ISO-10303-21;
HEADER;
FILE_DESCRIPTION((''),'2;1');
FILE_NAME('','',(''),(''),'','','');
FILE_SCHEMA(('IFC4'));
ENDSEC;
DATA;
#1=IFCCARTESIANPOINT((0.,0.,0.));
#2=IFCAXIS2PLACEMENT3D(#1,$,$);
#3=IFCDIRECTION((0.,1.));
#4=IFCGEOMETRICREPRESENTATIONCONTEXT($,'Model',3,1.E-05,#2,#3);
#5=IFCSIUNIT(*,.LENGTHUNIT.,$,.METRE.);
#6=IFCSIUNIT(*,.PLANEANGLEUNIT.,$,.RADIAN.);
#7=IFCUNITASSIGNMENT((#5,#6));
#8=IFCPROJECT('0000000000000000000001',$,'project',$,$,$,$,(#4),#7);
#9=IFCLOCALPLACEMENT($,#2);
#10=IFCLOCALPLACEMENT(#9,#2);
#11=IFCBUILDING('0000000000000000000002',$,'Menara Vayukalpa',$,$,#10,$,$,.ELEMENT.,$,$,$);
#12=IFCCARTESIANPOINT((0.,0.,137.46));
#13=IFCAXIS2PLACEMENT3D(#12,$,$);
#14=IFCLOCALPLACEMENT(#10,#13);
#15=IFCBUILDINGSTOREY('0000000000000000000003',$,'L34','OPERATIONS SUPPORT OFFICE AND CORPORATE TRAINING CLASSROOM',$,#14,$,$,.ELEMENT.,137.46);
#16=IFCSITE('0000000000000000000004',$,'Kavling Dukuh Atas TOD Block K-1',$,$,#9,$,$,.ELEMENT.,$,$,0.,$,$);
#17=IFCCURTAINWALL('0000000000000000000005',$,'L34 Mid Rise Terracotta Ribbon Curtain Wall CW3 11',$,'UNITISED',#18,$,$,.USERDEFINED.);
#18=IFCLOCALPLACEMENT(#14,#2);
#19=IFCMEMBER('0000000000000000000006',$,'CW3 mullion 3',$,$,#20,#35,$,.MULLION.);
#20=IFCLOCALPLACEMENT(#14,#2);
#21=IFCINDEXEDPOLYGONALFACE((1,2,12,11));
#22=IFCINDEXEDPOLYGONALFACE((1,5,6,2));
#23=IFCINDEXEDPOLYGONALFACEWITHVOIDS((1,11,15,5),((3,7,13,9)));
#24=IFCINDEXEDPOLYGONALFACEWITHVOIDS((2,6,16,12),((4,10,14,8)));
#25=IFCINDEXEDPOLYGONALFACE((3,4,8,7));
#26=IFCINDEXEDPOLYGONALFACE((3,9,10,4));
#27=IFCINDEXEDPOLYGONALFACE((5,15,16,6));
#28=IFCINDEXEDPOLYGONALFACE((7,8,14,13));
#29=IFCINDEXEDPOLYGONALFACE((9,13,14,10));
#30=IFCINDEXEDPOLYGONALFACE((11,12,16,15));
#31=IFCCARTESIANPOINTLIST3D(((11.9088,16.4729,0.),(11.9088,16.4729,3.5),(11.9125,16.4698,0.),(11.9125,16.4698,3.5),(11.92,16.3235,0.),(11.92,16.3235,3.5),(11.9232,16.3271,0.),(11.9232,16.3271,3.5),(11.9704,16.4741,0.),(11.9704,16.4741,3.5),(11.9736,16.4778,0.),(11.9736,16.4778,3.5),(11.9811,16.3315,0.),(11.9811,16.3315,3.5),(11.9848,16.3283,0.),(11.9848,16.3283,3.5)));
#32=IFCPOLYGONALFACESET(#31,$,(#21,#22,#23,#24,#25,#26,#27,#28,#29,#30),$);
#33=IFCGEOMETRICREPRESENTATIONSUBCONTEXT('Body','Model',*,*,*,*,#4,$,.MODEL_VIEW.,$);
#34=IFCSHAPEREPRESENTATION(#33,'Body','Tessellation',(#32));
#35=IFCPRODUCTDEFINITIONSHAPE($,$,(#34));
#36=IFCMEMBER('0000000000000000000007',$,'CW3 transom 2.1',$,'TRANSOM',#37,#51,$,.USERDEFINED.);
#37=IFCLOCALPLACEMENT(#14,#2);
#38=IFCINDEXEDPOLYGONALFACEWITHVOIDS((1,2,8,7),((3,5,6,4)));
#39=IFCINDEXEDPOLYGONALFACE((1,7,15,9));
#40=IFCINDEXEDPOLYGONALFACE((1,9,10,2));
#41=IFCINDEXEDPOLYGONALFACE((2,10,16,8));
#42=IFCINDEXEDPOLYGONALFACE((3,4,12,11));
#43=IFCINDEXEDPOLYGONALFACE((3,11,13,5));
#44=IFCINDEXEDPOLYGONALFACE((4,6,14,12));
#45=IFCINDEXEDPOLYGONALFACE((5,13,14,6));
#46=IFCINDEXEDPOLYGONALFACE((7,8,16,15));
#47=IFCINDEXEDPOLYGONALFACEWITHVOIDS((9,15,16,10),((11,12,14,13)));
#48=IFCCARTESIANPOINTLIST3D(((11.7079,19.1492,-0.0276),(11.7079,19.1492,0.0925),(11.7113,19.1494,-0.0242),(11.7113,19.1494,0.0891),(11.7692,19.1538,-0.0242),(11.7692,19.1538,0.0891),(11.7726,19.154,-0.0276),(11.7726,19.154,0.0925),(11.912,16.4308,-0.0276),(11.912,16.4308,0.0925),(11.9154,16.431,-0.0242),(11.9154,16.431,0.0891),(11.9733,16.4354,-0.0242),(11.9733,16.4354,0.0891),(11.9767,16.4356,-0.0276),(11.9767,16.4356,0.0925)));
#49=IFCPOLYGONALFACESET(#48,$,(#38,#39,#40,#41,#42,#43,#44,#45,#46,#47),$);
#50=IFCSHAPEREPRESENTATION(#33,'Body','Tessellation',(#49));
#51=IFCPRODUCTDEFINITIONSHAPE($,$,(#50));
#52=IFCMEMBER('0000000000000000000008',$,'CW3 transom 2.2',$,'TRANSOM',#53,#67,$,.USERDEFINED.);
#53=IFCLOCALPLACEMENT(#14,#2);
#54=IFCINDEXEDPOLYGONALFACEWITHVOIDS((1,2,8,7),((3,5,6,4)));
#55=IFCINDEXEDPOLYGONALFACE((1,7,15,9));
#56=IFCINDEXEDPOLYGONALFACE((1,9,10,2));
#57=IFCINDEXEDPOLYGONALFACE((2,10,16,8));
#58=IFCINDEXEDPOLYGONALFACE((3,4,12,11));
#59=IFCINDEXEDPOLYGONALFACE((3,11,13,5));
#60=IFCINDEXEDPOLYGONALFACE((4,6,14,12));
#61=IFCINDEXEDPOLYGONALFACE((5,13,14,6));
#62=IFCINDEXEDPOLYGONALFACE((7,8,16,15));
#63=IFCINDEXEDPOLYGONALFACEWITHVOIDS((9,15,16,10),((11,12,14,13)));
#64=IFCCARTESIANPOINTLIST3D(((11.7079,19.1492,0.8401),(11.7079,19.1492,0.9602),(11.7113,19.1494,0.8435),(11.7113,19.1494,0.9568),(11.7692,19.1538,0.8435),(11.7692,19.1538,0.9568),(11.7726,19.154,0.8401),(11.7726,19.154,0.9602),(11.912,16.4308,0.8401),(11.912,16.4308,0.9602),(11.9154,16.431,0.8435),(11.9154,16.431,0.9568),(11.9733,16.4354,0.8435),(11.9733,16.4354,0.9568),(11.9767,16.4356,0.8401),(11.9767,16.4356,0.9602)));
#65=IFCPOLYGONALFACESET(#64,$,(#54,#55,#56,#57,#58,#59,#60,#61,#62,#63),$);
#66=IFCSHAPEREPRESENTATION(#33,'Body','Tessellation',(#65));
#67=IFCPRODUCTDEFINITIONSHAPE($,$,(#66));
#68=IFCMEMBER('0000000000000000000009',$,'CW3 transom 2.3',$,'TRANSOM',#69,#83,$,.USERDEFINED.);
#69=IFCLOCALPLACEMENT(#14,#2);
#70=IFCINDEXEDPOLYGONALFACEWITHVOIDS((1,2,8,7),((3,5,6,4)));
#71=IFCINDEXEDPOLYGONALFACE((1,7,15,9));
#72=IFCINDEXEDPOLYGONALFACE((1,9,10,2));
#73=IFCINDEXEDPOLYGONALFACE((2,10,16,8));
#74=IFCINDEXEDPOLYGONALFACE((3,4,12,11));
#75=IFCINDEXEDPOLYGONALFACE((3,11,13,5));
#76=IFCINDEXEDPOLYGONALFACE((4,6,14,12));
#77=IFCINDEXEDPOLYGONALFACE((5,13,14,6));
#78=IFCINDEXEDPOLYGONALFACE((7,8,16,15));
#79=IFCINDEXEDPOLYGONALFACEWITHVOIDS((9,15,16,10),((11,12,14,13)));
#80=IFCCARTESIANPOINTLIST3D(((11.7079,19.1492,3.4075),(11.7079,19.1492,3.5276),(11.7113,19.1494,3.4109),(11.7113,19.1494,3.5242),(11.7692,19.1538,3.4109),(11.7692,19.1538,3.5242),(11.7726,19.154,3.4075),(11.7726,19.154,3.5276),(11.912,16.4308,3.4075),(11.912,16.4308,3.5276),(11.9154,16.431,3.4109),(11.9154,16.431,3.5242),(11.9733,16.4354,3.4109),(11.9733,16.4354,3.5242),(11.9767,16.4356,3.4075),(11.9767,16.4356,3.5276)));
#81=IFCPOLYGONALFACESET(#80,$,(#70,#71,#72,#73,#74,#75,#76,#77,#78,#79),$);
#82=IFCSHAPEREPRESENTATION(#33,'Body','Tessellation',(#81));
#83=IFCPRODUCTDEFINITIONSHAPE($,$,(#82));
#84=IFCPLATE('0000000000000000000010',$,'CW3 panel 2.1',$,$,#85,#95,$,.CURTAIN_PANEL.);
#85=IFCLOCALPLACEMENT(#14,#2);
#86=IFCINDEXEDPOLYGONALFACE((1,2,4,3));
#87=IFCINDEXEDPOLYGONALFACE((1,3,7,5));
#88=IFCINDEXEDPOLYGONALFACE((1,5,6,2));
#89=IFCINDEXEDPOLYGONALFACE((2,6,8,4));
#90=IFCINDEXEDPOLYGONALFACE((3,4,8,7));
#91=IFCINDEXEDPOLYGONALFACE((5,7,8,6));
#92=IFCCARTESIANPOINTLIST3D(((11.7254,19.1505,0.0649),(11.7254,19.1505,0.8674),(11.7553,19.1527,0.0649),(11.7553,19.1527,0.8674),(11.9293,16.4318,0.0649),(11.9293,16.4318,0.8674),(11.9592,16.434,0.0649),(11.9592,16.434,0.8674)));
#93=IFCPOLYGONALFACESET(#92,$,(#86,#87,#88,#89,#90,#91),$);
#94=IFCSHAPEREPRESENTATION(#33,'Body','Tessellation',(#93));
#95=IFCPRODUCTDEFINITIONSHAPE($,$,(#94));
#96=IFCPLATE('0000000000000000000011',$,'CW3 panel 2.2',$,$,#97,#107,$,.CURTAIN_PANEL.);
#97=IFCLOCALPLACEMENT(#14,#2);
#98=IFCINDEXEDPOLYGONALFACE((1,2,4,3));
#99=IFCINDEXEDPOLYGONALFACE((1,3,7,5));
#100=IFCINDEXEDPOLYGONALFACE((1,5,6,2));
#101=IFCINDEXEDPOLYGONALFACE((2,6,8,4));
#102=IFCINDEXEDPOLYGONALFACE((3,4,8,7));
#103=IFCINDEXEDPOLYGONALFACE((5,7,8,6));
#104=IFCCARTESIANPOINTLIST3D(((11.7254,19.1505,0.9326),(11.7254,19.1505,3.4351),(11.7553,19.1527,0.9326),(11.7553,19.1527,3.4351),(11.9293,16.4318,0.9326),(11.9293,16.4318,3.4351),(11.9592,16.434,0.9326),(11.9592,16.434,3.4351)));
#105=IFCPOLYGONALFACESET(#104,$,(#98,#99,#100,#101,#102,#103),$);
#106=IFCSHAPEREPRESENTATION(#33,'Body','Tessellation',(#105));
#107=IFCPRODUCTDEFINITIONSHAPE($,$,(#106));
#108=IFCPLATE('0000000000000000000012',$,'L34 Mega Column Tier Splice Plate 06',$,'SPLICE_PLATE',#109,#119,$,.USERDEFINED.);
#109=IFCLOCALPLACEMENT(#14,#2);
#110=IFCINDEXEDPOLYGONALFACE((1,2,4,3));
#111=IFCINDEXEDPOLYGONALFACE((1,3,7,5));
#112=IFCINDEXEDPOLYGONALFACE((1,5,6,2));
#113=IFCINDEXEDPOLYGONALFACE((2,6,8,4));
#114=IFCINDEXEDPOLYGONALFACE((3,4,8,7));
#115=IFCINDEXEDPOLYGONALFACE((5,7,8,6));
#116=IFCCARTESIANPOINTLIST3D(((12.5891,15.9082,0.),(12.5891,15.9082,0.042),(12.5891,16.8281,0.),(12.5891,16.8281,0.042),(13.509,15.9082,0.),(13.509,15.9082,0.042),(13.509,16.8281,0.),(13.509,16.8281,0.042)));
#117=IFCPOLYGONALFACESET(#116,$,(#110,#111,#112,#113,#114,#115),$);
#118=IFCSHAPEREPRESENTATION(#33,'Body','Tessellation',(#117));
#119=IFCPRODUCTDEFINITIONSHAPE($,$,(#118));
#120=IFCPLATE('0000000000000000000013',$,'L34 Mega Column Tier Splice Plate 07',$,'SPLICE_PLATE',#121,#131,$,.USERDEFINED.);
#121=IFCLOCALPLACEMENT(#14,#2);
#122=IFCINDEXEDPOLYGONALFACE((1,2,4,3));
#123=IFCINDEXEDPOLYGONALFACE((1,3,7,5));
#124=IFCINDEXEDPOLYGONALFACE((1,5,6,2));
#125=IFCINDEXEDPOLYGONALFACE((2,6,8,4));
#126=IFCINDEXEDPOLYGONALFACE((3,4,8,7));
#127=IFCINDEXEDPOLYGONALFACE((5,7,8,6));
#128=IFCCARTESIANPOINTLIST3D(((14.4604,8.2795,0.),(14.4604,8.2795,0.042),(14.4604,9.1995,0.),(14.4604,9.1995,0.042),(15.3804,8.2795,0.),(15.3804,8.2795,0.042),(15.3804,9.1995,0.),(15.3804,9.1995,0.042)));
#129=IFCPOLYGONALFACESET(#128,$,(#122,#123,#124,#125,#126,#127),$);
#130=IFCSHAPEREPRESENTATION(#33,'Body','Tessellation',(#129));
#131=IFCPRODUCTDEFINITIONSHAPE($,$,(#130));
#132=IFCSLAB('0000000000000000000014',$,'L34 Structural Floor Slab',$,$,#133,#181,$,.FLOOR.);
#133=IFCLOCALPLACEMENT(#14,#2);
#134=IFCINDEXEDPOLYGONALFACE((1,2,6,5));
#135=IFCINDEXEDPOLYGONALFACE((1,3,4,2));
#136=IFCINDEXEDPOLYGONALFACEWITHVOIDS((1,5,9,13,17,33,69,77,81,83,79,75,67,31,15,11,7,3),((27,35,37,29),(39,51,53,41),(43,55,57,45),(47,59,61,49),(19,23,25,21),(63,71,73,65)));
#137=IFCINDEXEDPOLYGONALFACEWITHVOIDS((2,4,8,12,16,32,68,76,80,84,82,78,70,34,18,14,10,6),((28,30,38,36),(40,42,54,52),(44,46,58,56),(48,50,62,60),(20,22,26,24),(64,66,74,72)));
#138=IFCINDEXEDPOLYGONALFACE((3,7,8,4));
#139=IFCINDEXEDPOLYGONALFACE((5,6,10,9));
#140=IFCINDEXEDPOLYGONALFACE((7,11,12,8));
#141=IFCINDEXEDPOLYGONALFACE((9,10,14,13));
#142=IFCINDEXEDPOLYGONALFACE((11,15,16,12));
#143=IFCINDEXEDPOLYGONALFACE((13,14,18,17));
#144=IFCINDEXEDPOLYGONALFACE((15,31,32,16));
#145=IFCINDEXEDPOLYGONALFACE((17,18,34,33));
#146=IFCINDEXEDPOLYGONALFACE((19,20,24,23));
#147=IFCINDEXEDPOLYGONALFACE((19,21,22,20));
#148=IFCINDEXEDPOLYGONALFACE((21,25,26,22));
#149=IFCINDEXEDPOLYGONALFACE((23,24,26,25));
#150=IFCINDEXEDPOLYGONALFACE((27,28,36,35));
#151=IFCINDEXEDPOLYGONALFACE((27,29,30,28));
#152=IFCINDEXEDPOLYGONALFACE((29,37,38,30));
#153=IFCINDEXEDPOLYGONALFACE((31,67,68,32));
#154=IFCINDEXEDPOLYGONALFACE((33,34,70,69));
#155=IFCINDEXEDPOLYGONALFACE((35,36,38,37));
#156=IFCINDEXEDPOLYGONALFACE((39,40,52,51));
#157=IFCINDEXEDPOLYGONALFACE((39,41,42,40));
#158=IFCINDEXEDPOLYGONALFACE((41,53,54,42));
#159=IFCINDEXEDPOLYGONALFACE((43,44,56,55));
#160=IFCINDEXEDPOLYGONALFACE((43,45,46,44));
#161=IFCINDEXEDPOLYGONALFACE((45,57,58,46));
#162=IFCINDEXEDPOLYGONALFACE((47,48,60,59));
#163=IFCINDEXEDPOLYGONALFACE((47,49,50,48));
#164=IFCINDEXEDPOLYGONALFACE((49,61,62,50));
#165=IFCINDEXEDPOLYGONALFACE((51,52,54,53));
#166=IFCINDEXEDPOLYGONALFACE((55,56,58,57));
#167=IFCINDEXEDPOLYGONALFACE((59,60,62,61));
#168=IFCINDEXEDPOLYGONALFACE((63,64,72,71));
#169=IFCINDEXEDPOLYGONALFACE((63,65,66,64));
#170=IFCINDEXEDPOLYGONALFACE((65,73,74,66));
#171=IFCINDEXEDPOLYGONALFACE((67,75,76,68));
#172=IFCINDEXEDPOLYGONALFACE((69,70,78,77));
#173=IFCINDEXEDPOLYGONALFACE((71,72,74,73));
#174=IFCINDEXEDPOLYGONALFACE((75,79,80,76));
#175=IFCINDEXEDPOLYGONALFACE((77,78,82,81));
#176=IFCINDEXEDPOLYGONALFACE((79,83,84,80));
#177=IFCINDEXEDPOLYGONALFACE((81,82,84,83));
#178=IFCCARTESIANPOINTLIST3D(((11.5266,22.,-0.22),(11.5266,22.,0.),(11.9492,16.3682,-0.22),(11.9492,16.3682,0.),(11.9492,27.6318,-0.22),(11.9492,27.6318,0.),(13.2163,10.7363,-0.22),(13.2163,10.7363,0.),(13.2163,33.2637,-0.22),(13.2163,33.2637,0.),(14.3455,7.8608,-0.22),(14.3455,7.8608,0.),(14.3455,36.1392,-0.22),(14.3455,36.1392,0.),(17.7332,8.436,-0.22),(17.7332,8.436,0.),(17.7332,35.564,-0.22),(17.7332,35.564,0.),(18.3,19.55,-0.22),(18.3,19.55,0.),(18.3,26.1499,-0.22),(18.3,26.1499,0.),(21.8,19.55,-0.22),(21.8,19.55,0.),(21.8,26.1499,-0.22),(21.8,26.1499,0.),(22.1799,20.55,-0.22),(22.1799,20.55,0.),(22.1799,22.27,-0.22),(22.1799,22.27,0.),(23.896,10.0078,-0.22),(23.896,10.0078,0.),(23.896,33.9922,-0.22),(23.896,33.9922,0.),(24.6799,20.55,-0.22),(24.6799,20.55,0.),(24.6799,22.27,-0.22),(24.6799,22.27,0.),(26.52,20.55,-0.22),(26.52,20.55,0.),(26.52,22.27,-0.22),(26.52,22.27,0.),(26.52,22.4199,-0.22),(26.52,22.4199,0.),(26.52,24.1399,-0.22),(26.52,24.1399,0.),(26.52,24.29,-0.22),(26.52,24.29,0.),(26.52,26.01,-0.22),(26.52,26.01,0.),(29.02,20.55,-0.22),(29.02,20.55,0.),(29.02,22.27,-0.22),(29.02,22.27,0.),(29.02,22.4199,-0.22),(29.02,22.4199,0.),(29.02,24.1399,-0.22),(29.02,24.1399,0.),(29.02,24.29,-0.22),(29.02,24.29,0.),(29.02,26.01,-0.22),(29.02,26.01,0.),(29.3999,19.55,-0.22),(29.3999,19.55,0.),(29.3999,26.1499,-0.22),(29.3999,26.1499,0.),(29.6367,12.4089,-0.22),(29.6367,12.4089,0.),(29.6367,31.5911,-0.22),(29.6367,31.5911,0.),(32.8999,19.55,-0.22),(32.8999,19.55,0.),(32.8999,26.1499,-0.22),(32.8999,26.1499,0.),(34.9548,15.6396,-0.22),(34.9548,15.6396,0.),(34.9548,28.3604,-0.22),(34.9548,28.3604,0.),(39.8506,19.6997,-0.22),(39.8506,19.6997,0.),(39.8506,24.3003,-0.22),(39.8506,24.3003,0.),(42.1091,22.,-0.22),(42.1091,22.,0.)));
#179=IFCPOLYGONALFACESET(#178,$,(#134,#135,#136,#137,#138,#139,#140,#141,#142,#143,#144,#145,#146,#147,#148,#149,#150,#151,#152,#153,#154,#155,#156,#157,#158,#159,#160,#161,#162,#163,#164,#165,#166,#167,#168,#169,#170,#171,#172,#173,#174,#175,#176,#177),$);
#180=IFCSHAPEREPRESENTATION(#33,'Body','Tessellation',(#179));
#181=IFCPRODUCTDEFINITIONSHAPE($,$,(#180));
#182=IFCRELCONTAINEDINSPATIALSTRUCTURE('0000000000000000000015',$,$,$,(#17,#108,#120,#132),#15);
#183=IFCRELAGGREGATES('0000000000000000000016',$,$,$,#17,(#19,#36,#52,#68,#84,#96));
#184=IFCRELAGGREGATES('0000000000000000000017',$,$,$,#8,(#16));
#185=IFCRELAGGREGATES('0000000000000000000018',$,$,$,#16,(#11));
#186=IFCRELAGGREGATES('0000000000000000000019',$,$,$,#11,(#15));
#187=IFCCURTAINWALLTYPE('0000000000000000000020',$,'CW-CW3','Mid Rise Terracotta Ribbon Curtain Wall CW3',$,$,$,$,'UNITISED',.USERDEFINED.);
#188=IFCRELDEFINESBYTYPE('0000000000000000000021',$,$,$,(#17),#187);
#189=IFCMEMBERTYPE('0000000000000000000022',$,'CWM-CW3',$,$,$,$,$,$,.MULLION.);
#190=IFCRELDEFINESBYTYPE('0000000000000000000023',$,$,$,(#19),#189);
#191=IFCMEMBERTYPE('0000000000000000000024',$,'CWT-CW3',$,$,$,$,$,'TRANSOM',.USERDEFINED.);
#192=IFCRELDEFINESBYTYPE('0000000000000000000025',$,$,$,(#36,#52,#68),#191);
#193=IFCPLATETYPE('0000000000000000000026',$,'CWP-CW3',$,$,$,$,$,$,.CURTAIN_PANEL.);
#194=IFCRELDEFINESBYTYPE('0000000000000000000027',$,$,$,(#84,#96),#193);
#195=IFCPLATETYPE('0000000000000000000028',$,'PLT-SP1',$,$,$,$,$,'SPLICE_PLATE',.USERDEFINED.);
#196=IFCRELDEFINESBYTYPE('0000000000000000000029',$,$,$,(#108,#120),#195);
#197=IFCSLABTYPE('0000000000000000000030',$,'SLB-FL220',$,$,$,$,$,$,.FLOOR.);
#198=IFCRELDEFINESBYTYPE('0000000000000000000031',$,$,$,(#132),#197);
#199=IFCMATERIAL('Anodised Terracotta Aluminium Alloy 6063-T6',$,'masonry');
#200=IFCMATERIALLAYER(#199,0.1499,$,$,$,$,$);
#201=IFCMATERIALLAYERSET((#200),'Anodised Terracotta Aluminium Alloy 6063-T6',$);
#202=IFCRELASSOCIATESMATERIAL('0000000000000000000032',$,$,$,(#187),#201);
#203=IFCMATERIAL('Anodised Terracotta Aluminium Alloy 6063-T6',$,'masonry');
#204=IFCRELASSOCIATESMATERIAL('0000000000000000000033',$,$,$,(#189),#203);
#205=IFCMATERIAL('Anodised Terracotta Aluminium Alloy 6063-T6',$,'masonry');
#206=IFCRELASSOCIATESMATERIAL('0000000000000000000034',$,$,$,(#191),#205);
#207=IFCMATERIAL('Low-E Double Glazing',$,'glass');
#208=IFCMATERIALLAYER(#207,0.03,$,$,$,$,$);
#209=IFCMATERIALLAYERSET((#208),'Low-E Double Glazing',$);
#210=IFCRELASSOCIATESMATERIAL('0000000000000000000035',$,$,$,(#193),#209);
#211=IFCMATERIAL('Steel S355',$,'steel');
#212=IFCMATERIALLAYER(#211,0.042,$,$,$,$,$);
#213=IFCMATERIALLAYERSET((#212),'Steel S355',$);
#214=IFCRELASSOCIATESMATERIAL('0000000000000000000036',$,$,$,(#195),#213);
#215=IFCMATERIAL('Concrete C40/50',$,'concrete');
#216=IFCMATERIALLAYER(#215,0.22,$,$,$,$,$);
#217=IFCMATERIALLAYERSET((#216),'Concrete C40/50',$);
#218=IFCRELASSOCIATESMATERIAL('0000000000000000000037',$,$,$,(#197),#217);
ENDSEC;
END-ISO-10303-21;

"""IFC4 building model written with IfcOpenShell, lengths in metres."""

from ifc_helpers import new_model, si_unit, direction, frame, origin, origin_2d, place, context, subcontext, project, spatial, polyline, rectangle, hollow_rectangle, outline, extrude, material, layer, layer_set, material_profile, profile_set, type_object, element, aggregate, save


model = new_model("IFC4")

# Units and contexts
model_context = context("Model", 3, precision=1e-05, world=origin(), true_north=direction((0.0, 1.0)))
body_context = subcontext(model_context, "Body", "Model", "MODEL_VIEW")
ifc_project = project(units=[si_unit("LENGTHUNIT", "METRE"), si_unit("PLANEANGLEUNIT", "RADIAN")], contexts=[model_context])

# Site, building, storey
site_placement = place(None, origin())
site = spatial("IfcSite", under=ifc_project, at=site_placement, Name="Kavling Dukuh Atas TOD Block K-1", CompositionType="ELEMENT", RefElevation=0.0)
building_placement = place(site_placement, origin())
building = spatial("IfcBuilding", under=site, at=building_placement, Name="Menara Vayukalpa", CompositionType="ELEMENT")
storey_placement = place(building_placement, frame((0.0, 0.0, 137.46)))
storey = spatial("IfcBuildingStorey", under=building, at=storey_placement, Name="L34", Description="OPERATIONS SUPPORT OFFICE AND CORPORATE TRAINING CLASSROOM", CompositionType="ELEMENT", Elevation=137.46)

# Curtain wall, members, plates
ifc_material_1 = material(Name="Anodised Terracotta Aluminium Alloy 6063-T6", Category="masonry")
ifc_layer_1 = layer(ifc_material_1, 0.1499)
ifc_layer_set_1 = layer_set([ifc_layer_1], Name="Anodised Terracotta Aluminium Alloy 6063-T6")
curtain_wall_type = type_object("IfcCurtainWallType", Name="CW-CW3", Description="Mid Rise Terracotta Ribbon Curtain Wall CW3", ElementType="UNITISED", PredefinedType="USERDEFINED", material=ifc_layer_set_1)
curtain_wall_placement = place(storey_placement, origin())
curtain_wall = element("IfcCurtainWall", 1, at=curtain_wall_placement, inside=storey, type_object=curtain_wall_type, Name="L34 Mid Rise Terracotta Ribbon Curtain Wall CW3 11", ObjectType="UNITISED", PredefinedType="USERDEFINED")
ifc_material_2 = material(Name="Anodised Terracotta Aluminium Alloy 6063-T6", Category="masonry")
ifc_material_profile_1 = material_profile(ifc_material_2, hollow_rectangle(XDim=0.0649, YDim=0.1499, WallThickness=0.0034, at=origin_2d()), Name="ALU 65x150x3.5")
ifc_profile_set_1 = profile_set([ifc_material_profile_1], Name="Anodised Terracotta Aluminium Alloy 6063-T6")
member_type_1 = type_object("IfcMemberType", Name="CWM-CW3", PredefinedType="MULLION", material=ifc_profile_set_1)
member_1_placement = place(storey_placement, frame((11.9468, 16.4006, 0.0), z_axis=(0.0, 0.0, 1.0), x_axis=(0.997199, 0.074793, 0.0)))
member_1 = element("IfcMember", 2, at=member_1_placement, type_object=member_type_1, Name="CW3 mullion 3", PredefinedType="MULLION", context=body_context, shape_type="SweptSolid", body=[
    extrude(hollow_rectangle(XDim=0.0649, YDim=0.1499, WallThickness=0.0034, at=origin_2d()), origin(), (0.0, 0.0, 1.0), 3.5),
])
ifc_material_3 = material(Name="Anodised Terracotta Aluminium Alloy 6063-T6", Category="masonry")
ifc_material_profile_2 = material_profile(ifc_material_3, hollow_rectangle(XDim=0.0649, YDim=0.1201, WallThickness=0.0034, at=origin_2d()), Name="ALU 65x120x3.5")
ifc_profile_set_2 = profile_set([ifc_material_profile_2], Name="Anodised Terracotta Aluminium Alloy 6063-T6")
member_type_2 = type_object("IfcMemberType", Name="CWT-CW3", ElementType="TRANSOM", PredefinedType="USERDEFINED", material=ifc_profile_set_2)
member_2_placement = place(storey_placement, frame((11.7402, 19.1516, 0.0325), z_axis=(0.074868, -0.997193, 0.0), x_axis=(0.997193, 0.074868, 0.0)))
member_2 = element("IfcMember", 3, at=member_2_placement, type_object=member_type_2, Name="CW3 transom 2.1", ObjectType="TRANSOM", PredefinedType="USERDEFINED", context=body_context, shape_type="SweptSolid", body=[
    extrude(hollow_rectangle(XDim=0.0649, YDim=0.1201, WallThickness=0.0034, at=origin_2d()), origin(), (0.0, 0.0, 1.0), 2.7261),
])
member_3_placement = place(storey_placement, frame((11.7402, 19.1516, 0.9001), z_axis=(0.074868, -0.997193, 0.0), x_axis=(0.997193, 0.074868, 0.0)))
member_3 = element("IfcMember", 4, at=member_3_placement, type_object=member_type_2, Name="CW3 transom 2.2", ObjectType="TRANSOM", PredefinedType="USERDEFINED", context=body_context, shape_type="SweptSolid", body=[
    extrude(hollow_rectangle(XDim=0.0649, YDim=0.1201, WallThickness=0.0034, at=origin_2d()), origin(), (0.0, 0.0, 1.0), 2.7261),
])
member_4_placement = place(storey_placement, frame((11.7402, 19.1516, 3.4675), z_axis=(0.074868, -0.997193, 0.0), x_axis=(0.997193, 0.074868, 0.0)))
member_4 = element("IfcMember", 5, at=member_4_placement, type_object=member_type_2, Name="CW3 transom 2.3", ObjectType="TRANSOM", PredefinedType="USERDEFINED", context=body_context, shape_type="SweptSolid", body=[
    extrude(hollow_rectangle(XDim=0.0649, YDim=0.1201, WallThickness=0.0034, at=origin_2d()), origin(), (0.0, 0.0, 1.0), 2.7261),
])
ifc_material_4 = material(Name="Low-E Double Glazing", Category="glass")
ifc_layer_2 = layer(ifc_material_4, 0.03)
ifc_layer_set_2 = layer_set([ifc_layer_2], Name="Low-E Double Glazing")
plate_type_1 = type_object("IfcPlateType", Name="CWP-CW3", PredefinedType="CURTAIN_PANEL", material=ifc_layer_set_2)
plate_1_placement = place(storey_placement, frame((11.8423, 17.7922, 0.0649), z_axis=(0.0, 0.0, 1.0), x_axis=(0.074793, -0.997199, 0.0)))
plate_1 = element("IfcPlate", 6, at=plate_1_placement, type_object=plate_type_1, Name="CW3 panel 2.1", PredefinedType="CURTAIN_PANEL", context=body_context, shape_type="SweptSolid", body=[
    extrude(rectangle(XDim=2.7263, YDim=0.03, at=origin_2d()), origin(), (0.0, 0.0, 1.0), 0.8025),
])
plate_2_placement = place(storey_placement, frame((11.8423, 17.7922, 0.9326), z_axis=(0.0, 0.0, 1.0), x_axis=(0.074793, -0.997199, 0.0)))
plate_2 = element("IfcPlate", 7, at=plate_2_placement, type_object=plate_type_1, Name="CW3 panel 2.2", PredefinedType="CURTAIN_PANEL", context=body_context, shape_type="SweptSolid", body=[
    extrude(rectangle(XDim=2.7263, YDim=0.03, at=origin_2d()), origin(), (0.0, 0.0, 1.0), 2.5024),
])
aggregate(curtain_wall, [member_1, member_2, member_3, member_4, plate_1, plate_2])

# Plates
ifc_material_5 = material(Name="Steel S355", Category="steel")
ifc_layer_3 = layer(ifc_material_5, 0.042)
ifc_layer_set_3 = layer_set([ifc_layer_3], Name="Steel S355")
plate_type_2 = type_object("IfcPlateType", Name="PLT-SP1", ElementType="SPLICE_PLATE", PredefinedType="USERDEFINED", material=ifc_layer_set_3)
for number, where, z_axis, x_axis, name in (
    (8, (13.0491, 16.3682, 0.0), (0.0, 0.0, 1.0), (1.0, 0.0, 0.0), "L34 Mega Column Tier Splice Plate 06"),
    (9, (14.9204, 8.7395, 0.0), (0.0, 0.0, 1.0), (1.0, 0.0, 0.0), "L34 Mega Column Tier Splice Plate 07"),
):
    element("IfcPlate", number, at=place(storey_placement, frame(where, z_axis=z_axis, x_axis=x_axis)), inside=storey, type_object=plate_type_2, Name=name, ObjectType="SPLICE_PLATE", PredefinedType="USERDEFINED", context=body_context, shape_type="SweptSolid", body=[
        extrude(rectangle(XDim=0.9199, YDim=0.9199, at=origin_2d()), origin(), (0.0, 0.0, 1.0), 0.042),
    ])

# Slab
ifc_material_6 = material(Name="Concrete C40/50", Category="concrete")
ifc_layer_4 = layer(ifc_material_6, 0.22)
ifc_layer_set_4 = layer_set([ifc_layer_4], Name="Concrete C40/50")
slab_type_1 = type_object("IfcSlabType", Name="SLB-FL220", PredefinedType="FLOOR", material=ifc_layer_set_4)
slab_1_placement = place(storey_placement, frame((0.0, 0.0, -0.22)))
element("IfcSlab", 10, at=slab_1_placement, inside=storey, type_object=slab_type_1, Name="L34 Structural Floor Slab", PredefinedType="FLOOR", context=body_context, shape_type="SweptSolid", body=[
    extrude(outline(polyline([(39.8506, 19.6997), (42.1091, 22.0), (39.8506, 24.3003), (34.9548, 28.3604), (29.6367, 31.5911), (23.896, 33.9922), (17.7332, 35.564), (14.3455, 36.1392), (13.2163, 33.2637), (11.9492, 27.6318), (11.5266, 22.0), (11.9492, 16.3682), (13.2163, 10.7363), (14.3455, 7.8608), (17.7332, 8.436), (23.896, 10.0078), (29.6367, 12.4089), (34.9548, 15.6396), (39.8506, 19.6997)]), holes=[polyline([(21.8, 19.55), (21.8, 26.1499), (18.3, 26.1499), (18.3, 19.55), (21.8, 19.55)]), polyline([(32.8999, 19.55), (32.8999, 26.1499), (29.3999, 26.1499), (29.3999, 19.55), (32.8999, 19.55)]), polyline([(22.1799, 20.55), (24.6799, 20.55), (24.6799, 22.27), (22.1799, 22.27), (22.1799, 20.55)]), polyline([(26.52, 20.55), (29.02, 20.55), (29.02, 22.27), (26.52, 22.27), (26.52, 20.55)]), polyline([(26.52, 24.29), (29.02, 24.29), (29.02, 26.01), (26.52, 26.01), (26.52, 24.29)]), polyline([(26.52, 22.4199), (29.02, 22.4199), (29.02, 24.1399), (26.52, 24.1399), (26.52, 22.4199)])]), origin(), (0.0, 0.0, 1.0), 0.22),
])

save(model, "model.ifc")
